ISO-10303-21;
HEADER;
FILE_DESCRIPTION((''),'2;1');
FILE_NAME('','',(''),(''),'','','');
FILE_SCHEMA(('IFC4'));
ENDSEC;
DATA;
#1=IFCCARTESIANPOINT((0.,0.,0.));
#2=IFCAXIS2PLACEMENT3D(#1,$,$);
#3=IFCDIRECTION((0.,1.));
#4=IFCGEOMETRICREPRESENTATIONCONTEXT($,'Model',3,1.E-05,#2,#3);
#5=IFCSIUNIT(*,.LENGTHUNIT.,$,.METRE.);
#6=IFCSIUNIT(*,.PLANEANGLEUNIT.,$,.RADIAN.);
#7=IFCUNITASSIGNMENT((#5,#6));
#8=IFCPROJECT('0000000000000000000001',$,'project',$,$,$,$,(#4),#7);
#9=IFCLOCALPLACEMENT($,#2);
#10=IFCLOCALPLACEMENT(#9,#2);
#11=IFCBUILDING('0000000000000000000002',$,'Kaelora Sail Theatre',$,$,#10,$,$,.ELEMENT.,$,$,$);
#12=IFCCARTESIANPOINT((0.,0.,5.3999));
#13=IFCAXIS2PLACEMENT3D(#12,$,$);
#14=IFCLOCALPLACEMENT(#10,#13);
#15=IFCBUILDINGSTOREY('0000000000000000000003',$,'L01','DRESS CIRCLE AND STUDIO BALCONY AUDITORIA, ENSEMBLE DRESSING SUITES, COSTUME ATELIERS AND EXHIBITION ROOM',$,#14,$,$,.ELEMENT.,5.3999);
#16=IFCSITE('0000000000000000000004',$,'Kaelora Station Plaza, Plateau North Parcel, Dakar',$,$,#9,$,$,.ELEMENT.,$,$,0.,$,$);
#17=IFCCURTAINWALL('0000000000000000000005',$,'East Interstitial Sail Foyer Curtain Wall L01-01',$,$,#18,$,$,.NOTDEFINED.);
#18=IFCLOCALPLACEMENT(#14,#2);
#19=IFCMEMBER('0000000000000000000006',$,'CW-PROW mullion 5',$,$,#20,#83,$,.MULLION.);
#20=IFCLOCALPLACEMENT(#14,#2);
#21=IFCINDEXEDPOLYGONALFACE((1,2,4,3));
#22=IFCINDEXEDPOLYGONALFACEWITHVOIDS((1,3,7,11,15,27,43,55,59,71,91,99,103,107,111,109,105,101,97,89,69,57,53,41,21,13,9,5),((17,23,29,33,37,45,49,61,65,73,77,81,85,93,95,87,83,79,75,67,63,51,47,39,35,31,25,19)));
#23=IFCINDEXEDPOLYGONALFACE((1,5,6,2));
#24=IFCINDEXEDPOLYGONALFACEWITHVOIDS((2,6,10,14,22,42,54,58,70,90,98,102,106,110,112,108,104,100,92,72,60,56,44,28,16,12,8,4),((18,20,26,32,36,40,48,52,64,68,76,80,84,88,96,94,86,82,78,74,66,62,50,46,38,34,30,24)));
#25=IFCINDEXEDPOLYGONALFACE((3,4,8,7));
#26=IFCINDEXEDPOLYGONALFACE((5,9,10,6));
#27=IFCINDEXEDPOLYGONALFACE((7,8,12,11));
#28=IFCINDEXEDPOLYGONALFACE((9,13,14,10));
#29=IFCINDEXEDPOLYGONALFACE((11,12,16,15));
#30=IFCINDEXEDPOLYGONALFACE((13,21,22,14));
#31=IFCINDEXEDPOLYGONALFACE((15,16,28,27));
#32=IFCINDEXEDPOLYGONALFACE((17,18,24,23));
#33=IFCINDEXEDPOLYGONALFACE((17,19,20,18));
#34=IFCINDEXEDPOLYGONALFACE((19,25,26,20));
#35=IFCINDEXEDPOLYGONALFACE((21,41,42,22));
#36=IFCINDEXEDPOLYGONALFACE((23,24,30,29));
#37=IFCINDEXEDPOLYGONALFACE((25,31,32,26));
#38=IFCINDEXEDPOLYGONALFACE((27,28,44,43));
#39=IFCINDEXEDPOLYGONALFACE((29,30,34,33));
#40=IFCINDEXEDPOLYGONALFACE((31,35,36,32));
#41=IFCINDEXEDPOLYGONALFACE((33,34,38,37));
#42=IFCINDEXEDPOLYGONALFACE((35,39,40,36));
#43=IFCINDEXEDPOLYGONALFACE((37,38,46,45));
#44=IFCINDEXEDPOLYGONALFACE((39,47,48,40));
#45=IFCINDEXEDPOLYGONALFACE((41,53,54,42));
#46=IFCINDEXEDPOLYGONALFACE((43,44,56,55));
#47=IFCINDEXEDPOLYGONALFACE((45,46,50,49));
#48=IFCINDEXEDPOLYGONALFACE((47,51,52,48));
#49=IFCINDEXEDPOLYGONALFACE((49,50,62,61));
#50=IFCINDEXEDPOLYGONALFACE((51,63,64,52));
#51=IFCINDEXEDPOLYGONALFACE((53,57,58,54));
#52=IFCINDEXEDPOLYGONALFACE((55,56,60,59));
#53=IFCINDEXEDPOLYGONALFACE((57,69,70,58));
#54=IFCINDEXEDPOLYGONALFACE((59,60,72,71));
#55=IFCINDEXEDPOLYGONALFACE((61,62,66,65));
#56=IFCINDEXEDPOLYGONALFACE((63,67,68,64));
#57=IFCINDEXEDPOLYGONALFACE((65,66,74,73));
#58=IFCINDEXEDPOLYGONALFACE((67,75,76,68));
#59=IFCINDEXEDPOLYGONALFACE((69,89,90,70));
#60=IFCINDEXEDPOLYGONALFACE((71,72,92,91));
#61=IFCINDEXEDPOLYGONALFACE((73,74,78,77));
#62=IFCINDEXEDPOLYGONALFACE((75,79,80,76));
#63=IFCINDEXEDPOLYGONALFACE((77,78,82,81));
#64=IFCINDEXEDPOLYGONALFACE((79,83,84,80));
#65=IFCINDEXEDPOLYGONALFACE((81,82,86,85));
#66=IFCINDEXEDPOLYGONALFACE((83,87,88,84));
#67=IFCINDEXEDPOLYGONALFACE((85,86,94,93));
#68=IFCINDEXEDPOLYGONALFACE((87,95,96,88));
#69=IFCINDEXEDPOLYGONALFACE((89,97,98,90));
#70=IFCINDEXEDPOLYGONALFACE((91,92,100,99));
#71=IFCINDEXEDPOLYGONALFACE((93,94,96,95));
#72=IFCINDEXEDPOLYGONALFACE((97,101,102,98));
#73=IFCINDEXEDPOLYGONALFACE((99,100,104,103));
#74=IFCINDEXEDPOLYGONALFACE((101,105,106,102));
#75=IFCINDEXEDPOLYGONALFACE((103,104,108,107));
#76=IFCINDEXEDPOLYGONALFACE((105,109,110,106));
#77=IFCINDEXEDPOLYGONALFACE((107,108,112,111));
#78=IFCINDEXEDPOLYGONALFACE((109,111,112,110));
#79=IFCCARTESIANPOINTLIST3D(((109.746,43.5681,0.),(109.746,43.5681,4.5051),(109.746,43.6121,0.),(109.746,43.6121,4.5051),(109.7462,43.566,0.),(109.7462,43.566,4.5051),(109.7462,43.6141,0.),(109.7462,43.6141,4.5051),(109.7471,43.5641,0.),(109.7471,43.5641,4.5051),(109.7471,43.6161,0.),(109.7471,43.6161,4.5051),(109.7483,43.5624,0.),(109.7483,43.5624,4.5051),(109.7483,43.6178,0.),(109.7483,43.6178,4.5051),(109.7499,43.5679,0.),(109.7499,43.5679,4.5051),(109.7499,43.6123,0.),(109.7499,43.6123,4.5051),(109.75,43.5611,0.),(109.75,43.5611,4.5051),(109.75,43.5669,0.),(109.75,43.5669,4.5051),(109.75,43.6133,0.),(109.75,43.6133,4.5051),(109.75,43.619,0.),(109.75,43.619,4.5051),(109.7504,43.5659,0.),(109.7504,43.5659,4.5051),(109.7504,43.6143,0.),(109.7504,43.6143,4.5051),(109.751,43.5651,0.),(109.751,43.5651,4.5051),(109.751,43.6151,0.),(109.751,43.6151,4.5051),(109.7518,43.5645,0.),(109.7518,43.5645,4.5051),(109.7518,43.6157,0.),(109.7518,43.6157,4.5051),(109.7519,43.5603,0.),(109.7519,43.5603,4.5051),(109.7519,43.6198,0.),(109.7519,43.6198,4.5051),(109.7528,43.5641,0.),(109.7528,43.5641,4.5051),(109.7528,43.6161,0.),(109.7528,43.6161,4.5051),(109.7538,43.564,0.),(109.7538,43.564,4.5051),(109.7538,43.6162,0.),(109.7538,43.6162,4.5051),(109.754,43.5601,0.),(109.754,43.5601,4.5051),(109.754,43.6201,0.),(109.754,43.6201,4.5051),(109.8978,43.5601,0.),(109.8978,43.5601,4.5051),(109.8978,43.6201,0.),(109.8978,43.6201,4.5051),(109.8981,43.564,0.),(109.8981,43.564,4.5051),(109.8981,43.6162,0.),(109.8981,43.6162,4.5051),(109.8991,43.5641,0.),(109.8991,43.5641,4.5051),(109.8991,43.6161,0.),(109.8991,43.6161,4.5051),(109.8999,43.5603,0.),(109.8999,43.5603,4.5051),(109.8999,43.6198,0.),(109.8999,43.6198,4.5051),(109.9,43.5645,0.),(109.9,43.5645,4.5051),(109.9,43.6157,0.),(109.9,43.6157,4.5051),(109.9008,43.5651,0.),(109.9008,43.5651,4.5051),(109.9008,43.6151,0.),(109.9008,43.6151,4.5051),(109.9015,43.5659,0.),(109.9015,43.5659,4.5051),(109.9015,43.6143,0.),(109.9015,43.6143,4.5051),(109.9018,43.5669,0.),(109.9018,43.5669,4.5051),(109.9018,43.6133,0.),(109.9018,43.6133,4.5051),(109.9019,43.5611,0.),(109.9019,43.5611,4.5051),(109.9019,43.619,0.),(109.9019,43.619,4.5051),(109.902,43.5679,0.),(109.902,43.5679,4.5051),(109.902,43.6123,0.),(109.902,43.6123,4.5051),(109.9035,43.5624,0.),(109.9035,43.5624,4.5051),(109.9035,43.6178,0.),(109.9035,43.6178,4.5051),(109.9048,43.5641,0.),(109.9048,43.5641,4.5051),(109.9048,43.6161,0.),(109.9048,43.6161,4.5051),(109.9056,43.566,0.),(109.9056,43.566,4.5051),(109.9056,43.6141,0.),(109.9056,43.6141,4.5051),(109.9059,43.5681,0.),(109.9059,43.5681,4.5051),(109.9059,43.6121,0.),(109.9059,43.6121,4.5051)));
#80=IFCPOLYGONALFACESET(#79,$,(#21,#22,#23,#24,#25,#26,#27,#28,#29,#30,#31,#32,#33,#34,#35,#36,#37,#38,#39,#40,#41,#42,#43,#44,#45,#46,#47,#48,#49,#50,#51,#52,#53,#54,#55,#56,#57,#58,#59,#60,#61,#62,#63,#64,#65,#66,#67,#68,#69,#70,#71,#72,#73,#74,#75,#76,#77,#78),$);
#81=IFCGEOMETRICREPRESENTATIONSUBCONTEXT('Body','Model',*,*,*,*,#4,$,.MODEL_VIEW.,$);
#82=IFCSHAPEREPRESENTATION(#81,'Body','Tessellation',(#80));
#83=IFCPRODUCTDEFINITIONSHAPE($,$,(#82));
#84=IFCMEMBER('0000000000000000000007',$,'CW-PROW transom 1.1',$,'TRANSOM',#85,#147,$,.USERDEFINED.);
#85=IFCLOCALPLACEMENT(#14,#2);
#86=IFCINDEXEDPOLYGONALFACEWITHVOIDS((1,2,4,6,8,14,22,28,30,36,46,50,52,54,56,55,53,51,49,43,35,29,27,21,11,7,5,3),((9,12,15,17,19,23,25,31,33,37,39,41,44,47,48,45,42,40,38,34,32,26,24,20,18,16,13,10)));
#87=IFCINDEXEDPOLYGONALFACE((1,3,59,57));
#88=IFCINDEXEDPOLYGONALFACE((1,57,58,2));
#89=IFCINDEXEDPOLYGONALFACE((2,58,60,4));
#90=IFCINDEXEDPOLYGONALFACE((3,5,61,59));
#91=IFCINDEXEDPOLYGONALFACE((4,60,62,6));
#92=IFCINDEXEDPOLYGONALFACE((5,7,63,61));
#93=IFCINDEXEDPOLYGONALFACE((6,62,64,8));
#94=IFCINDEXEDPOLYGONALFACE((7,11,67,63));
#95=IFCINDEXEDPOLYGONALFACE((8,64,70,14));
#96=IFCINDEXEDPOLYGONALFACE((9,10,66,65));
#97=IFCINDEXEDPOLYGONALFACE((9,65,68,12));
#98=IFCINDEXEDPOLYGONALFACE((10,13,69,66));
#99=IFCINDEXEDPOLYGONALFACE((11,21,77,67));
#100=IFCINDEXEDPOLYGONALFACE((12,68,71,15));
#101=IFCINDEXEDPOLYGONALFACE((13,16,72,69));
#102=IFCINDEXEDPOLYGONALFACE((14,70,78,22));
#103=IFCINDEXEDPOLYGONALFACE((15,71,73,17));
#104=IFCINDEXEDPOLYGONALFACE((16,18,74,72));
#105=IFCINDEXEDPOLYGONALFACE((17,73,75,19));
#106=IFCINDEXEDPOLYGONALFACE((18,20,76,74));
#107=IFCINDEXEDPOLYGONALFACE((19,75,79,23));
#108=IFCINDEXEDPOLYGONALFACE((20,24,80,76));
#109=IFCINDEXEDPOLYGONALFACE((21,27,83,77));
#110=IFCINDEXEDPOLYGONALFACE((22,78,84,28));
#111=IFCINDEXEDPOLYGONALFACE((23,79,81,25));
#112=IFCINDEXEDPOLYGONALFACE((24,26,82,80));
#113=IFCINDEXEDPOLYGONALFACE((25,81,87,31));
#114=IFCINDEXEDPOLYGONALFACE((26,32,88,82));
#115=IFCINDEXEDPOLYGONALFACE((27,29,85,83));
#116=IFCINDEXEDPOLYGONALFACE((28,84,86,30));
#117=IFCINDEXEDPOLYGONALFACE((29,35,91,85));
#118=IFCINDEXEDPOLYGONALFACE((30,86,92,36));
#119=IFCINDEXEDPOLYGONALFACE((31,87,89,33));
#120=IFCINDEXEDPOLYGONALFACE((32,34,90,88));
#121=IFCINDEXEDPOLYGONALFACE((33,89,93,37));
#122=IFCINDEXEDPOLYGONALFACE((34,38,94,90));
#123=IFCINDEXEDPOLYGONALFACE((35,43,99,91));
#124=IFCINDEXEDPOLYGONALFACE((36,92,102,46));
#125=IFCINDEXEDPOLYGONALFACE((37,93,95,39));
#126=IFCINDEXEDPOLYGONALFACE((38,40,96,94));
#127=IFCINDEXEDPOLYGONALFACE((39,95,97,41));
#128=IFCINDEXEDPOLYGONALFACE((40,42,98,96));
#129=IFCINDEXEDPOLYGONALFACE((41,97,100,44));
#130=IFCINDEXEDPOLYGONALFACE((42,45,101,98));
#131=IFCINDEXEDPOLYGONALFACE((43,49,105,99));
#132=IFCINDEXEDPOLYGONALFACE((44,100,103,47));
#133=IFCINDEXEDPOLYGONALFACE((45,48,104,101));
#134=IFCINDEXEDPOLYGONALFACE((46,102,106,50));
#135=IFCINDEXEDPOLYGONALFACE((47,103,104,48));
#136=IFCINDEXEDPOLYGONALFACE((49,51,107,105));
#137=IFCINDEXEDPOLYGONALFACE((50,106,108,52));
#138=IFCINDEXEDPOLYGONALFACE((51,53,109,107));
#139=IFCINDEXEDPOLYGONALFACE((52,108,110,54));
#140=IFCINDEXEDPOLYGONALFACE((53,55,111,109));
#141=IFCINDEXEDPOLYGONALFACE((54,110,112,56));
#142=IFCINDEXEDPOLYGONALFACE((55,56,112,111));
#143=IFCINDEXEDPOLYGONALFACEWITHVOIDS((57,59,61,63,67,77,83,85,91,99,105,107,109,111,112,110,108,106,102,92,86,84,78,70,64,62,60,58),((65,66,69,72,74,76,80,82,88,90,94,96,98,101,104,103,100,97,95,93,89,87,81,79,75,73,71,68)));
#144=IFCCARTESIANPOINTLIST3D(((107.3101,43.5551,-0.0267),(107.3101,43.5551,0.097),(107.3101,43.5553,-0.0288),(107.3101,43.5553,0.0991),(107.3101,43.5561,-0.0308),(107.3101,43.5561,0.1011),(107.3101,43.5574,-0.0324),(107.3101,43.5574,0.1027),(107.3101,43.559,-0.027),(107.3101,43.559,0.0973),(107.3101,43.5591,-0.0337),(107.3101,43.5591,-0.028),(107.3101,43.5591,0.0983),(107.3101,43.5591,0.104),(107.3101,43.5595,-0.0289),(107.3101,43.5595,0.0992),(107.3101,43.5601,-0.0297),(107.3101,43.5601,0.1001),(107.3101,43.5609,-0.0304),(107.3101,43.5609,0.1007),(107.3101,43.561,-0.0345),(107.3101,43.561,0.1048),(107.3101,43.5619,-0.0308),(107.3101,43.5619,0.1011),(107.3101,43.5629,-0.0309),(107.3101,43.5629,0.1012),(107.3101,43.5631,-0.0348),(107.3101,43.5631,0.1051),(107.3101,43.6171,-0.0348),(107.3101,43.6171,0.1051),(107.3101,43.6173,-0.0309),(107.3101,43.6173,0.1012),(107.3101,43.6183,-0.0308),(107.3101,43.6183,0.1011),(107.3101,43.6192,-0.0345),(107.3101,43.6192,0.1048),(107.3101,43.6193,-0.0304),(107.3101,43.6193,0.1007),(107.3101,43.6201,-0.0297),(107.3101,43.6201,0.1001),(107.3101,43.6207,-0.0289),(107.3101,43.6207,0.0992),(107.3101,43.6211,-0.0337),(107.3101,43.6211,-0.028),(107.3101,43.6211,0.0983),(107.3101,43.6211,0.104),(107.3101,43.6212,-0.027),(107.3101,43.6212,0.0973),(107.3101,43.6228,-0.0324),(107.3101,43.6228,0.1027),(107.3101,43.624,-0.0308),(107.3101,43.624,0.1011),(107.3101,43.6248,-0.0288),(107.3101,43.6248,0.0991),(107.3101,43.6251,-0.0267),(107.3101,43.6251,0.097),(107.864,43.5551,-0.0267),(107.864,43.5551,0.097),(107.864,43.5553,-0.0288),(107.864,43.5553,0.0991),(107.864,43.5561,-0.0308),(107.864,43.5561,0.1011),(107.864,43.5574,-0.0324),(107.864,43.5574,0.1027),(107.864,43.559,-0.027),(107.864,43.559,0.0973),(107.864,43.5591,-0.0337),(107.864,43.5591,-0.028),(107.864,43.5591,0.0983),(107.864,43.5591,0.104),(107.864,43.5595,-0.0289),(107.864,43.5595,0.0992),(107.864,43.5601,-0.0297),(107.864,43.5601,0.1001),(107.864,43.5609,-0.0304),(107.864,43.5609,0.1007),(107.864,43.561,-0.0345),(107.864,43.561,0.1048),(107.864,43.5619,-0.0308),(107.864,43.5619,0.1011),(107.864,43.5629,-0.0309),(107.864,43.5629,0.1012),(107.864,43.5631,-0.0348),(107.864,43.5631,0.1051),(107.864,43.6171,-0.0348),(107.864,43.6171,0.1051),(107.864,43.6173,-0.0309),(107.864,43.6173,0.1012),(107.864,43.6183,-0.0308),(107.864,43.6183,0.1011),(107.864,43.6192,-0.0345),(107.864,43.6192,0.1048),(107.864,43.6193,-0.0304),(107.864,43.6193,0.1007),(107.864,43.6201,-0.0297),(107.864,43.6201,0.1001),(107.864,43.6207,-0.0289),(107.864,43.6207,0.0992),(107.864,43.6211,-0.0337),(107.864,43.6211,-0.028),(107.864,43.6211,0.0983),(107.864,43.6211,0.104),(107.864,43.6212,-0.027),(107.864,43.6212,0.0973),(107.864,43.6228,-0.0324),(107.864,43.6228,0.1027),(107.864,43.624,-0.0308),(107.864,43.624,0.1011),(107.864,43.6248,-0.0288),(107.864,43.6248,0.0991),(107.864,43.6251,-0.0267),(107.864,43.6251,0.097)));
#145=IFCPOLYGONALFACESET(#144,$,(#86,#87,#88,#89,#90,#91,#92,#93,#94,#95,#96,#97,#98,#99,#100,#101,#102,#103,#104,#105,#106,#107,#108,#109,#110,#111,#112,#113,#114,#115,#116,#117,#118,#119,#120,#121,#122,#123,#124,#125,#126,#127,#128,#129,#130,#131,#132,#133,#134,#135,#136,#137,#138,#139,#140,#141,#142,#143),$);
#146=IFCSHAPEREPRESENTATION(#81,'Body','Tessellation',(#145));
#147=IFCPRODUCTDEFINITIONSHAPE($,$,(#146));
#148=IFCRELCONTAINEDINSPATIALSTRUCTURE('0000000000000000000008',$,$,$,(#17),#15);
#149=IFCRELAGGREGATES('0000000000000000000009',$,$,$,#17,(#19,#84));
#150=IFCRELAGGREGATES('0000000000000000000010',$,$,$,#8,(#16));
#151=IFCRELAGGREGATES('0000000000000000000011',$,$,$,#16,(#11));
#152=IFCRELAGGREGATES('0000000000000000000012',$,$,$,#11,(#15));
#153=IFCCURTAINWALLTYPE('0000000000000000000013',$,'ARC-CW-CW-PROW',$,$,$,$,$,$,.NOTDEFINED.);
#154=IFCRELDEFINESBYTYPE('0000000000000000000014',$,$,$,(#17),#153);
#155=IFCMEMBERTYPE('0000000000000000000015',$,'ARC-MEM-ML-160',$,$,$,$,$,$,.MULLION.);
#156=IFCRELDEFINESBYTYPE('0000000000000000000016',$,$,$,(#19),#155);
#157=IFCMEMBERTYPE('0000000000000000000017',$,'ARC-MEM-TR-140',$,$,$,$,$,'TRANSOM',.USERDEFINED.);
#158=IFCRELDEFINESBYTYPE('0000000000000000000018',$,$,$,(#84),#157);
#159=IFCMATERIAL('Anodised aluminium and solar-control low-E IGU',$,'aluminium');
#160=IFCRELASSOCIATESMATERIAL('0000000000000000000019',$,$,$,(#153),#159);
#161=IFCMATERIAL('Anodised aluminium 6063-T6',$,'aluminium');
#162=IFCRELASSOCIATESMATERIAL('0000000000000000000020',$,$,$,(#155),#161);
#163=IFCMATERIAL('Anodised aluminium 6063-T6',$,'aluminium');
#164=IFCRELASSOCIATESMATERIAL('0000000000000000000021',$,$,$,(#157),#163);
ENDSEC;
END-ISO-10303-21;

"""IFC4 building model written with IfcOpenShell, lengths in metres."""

from ifc_helpers import new_model, si_unit, direction, frame, origin, origin_2d, place, context, subcontext, project, spatial, hollow_rectangle, extrude, material, material_profile, profile_set, type_object, element, aggregate, save


model = new_model("IFC4")

# Units and contexts
model_context = context("Model", 3, precision=1e-05, world=origin(), true_north=direction((0.0, 1.0)))
body_context = subcontext(model_context, "Body", "Model", "MODEL_VIEW")
ifc_project = project(units=[si_unit("LENGTHUNIT", "METRE"), si_unit("PLANEANGLEUNIT", "RADIAN")], contexts=[model_context])

# Site, building, storey
site_placement = place(None, origin())
site = spatial("IfcSite", under=ifc_project, at=site_placement, Name="Kaelora Station Plaza, Plateau North Parcel, Dakar", CompositionType="ELEMENT", RefElevation=0.0)
building_placement = place(site_placement, origin())
building = spatial("IfcBuilding", under=site, at=building_placement, Name="Kaelora Sail Theatre", CompositionType="ELEMENT")
storey_placement = place(building_placement, frame((0.0, 0.0, 5.3999)))
storey = spatial("IfcBuildingStorey", under=building, at=storey_placement, Name="L01", Description="DRESS CIRCLE AND STUDIO BALCONY AUDITORIA, ENSEMBLE DRESSING SUITES, COSTUME ATELIERS AND EXHIBITION ROOM", CompositionType="ELEMENT", Elevation=5.3999)

# Curtain wall, members
ifc_material_1 = material(Name="Anodised aluminium and solar-control low-E IGU", Category="aluminium")
curtain_wall_type = type_object("IfcCurtainWallType", Name="ARC-CW-CW-PROW", PredefinedType="NOTDEFINED", material=ifc_material_1)
curtain_wall_placement = place(storey_placement, origin())
curtain_wall = element("IfcCurtainWall", 1, at=curtain_wall_placement, inside=storey, type_object=curtain_wall_type, Name="East Interstitial Sail Foyer Curtain Wall L01-01", PredefinedType="NOTDEFINED")
ifc_material_2 = material(Name="Anodised aluminium 6063-T6", Category="aluminium")
ifc_material_profile_1 = material_profile(ifc_material_2, hollow_rectangle(XDim=0.0601, YDim=0.1599, WallThickness=0.0039, InnerFilletRadius=0.0039, OuterFilletRadius=0.0081, at=origin_2d()), Name="ALU-MULL 60x160x4")
ifc_profile_set_1 = profile_set([ifc_material_profile_1], Name="Anodised aluminium 6063-T6")
member_type_1 = type_object("IfcMemberType", Name="ARC-MEM-ML-160", PredefinedType="MULLION", material=ifc_profile_set_1)
member_1_placement = place(storey_placement, frame((109.8259, 43.5901, 0.0), z_axis=(0.0, 0.0, 1.0), x_axis=(0.0, 1.0, 0.0)))
member_1 = element("IfcMember", 2, at=member_1_placement, type_object=member_type_1, Name="CW-PROW mullion 5", PredefinedType="MULLION", context=body_context, shape_type="SweptSolid", body=[
    extrude(hollow_rectangle(XDim=0.0601, YDim=0.1599, WallThickness=0.0039, InnerFilletRadius=0.0039, OuterFilletRadius=0.0081, at=origin_2d()), origin(), (0.0, 0.0, 1.0), 4.5051),
])
ifc_material_3 = material(Name="Anodised aluminium 6063-T6", Category="aluminium")
ifc_material_profile_2 = material_profile(ifc_material_3, hollow_rectangle(XDim=0.0701, YDim=0.1399, WallThickness=0.0039, InnerFilletRadius=0.0039, OuterFilletRadius=0.0081, at=origin_2d()), Name="ALU-TRAN 70x140x4")
ifc_profile_set_2 = profile_set([ifc_material_profile_2], Name="Anodised aluminium 6063-T6")
member_type_2 = type_object("IfcMemberType", Name="ARC-MEM-TR-140", ElementType="TRANSOM", PredefinedType="USERDEFINED", material=ifc_profile_set_2)
member_2_placement = place(storey_placement, frame((107.3101, 43.5901, 0.0352), z_axis=(1.0, 0.0, 0.0), x_axis=(0.0, 1.0, 0.0)))
member_2 = element("IfcMember", 3, at=member_2_placement, type_object=member_type_2, Name="CW-PROW transom 1.1", ObjectType="TRANSOM", PredefinedType="USERDEFINED", context=body_context, shape_type="SweptSolid", body=[
    extrude(hollow_rectangle(XDim=0.0701, YDim=0.1399, WallThickness=0.0039, InnerFilletRadius=0.0039, OuterFilletRadius=0.0081, at=origin_2d()), origin(), (0.0, 0.0, 1.0), 0.554),
])

aggregate(curtain_wall, [member_1, member_2])

save(model, "model.ifc")
